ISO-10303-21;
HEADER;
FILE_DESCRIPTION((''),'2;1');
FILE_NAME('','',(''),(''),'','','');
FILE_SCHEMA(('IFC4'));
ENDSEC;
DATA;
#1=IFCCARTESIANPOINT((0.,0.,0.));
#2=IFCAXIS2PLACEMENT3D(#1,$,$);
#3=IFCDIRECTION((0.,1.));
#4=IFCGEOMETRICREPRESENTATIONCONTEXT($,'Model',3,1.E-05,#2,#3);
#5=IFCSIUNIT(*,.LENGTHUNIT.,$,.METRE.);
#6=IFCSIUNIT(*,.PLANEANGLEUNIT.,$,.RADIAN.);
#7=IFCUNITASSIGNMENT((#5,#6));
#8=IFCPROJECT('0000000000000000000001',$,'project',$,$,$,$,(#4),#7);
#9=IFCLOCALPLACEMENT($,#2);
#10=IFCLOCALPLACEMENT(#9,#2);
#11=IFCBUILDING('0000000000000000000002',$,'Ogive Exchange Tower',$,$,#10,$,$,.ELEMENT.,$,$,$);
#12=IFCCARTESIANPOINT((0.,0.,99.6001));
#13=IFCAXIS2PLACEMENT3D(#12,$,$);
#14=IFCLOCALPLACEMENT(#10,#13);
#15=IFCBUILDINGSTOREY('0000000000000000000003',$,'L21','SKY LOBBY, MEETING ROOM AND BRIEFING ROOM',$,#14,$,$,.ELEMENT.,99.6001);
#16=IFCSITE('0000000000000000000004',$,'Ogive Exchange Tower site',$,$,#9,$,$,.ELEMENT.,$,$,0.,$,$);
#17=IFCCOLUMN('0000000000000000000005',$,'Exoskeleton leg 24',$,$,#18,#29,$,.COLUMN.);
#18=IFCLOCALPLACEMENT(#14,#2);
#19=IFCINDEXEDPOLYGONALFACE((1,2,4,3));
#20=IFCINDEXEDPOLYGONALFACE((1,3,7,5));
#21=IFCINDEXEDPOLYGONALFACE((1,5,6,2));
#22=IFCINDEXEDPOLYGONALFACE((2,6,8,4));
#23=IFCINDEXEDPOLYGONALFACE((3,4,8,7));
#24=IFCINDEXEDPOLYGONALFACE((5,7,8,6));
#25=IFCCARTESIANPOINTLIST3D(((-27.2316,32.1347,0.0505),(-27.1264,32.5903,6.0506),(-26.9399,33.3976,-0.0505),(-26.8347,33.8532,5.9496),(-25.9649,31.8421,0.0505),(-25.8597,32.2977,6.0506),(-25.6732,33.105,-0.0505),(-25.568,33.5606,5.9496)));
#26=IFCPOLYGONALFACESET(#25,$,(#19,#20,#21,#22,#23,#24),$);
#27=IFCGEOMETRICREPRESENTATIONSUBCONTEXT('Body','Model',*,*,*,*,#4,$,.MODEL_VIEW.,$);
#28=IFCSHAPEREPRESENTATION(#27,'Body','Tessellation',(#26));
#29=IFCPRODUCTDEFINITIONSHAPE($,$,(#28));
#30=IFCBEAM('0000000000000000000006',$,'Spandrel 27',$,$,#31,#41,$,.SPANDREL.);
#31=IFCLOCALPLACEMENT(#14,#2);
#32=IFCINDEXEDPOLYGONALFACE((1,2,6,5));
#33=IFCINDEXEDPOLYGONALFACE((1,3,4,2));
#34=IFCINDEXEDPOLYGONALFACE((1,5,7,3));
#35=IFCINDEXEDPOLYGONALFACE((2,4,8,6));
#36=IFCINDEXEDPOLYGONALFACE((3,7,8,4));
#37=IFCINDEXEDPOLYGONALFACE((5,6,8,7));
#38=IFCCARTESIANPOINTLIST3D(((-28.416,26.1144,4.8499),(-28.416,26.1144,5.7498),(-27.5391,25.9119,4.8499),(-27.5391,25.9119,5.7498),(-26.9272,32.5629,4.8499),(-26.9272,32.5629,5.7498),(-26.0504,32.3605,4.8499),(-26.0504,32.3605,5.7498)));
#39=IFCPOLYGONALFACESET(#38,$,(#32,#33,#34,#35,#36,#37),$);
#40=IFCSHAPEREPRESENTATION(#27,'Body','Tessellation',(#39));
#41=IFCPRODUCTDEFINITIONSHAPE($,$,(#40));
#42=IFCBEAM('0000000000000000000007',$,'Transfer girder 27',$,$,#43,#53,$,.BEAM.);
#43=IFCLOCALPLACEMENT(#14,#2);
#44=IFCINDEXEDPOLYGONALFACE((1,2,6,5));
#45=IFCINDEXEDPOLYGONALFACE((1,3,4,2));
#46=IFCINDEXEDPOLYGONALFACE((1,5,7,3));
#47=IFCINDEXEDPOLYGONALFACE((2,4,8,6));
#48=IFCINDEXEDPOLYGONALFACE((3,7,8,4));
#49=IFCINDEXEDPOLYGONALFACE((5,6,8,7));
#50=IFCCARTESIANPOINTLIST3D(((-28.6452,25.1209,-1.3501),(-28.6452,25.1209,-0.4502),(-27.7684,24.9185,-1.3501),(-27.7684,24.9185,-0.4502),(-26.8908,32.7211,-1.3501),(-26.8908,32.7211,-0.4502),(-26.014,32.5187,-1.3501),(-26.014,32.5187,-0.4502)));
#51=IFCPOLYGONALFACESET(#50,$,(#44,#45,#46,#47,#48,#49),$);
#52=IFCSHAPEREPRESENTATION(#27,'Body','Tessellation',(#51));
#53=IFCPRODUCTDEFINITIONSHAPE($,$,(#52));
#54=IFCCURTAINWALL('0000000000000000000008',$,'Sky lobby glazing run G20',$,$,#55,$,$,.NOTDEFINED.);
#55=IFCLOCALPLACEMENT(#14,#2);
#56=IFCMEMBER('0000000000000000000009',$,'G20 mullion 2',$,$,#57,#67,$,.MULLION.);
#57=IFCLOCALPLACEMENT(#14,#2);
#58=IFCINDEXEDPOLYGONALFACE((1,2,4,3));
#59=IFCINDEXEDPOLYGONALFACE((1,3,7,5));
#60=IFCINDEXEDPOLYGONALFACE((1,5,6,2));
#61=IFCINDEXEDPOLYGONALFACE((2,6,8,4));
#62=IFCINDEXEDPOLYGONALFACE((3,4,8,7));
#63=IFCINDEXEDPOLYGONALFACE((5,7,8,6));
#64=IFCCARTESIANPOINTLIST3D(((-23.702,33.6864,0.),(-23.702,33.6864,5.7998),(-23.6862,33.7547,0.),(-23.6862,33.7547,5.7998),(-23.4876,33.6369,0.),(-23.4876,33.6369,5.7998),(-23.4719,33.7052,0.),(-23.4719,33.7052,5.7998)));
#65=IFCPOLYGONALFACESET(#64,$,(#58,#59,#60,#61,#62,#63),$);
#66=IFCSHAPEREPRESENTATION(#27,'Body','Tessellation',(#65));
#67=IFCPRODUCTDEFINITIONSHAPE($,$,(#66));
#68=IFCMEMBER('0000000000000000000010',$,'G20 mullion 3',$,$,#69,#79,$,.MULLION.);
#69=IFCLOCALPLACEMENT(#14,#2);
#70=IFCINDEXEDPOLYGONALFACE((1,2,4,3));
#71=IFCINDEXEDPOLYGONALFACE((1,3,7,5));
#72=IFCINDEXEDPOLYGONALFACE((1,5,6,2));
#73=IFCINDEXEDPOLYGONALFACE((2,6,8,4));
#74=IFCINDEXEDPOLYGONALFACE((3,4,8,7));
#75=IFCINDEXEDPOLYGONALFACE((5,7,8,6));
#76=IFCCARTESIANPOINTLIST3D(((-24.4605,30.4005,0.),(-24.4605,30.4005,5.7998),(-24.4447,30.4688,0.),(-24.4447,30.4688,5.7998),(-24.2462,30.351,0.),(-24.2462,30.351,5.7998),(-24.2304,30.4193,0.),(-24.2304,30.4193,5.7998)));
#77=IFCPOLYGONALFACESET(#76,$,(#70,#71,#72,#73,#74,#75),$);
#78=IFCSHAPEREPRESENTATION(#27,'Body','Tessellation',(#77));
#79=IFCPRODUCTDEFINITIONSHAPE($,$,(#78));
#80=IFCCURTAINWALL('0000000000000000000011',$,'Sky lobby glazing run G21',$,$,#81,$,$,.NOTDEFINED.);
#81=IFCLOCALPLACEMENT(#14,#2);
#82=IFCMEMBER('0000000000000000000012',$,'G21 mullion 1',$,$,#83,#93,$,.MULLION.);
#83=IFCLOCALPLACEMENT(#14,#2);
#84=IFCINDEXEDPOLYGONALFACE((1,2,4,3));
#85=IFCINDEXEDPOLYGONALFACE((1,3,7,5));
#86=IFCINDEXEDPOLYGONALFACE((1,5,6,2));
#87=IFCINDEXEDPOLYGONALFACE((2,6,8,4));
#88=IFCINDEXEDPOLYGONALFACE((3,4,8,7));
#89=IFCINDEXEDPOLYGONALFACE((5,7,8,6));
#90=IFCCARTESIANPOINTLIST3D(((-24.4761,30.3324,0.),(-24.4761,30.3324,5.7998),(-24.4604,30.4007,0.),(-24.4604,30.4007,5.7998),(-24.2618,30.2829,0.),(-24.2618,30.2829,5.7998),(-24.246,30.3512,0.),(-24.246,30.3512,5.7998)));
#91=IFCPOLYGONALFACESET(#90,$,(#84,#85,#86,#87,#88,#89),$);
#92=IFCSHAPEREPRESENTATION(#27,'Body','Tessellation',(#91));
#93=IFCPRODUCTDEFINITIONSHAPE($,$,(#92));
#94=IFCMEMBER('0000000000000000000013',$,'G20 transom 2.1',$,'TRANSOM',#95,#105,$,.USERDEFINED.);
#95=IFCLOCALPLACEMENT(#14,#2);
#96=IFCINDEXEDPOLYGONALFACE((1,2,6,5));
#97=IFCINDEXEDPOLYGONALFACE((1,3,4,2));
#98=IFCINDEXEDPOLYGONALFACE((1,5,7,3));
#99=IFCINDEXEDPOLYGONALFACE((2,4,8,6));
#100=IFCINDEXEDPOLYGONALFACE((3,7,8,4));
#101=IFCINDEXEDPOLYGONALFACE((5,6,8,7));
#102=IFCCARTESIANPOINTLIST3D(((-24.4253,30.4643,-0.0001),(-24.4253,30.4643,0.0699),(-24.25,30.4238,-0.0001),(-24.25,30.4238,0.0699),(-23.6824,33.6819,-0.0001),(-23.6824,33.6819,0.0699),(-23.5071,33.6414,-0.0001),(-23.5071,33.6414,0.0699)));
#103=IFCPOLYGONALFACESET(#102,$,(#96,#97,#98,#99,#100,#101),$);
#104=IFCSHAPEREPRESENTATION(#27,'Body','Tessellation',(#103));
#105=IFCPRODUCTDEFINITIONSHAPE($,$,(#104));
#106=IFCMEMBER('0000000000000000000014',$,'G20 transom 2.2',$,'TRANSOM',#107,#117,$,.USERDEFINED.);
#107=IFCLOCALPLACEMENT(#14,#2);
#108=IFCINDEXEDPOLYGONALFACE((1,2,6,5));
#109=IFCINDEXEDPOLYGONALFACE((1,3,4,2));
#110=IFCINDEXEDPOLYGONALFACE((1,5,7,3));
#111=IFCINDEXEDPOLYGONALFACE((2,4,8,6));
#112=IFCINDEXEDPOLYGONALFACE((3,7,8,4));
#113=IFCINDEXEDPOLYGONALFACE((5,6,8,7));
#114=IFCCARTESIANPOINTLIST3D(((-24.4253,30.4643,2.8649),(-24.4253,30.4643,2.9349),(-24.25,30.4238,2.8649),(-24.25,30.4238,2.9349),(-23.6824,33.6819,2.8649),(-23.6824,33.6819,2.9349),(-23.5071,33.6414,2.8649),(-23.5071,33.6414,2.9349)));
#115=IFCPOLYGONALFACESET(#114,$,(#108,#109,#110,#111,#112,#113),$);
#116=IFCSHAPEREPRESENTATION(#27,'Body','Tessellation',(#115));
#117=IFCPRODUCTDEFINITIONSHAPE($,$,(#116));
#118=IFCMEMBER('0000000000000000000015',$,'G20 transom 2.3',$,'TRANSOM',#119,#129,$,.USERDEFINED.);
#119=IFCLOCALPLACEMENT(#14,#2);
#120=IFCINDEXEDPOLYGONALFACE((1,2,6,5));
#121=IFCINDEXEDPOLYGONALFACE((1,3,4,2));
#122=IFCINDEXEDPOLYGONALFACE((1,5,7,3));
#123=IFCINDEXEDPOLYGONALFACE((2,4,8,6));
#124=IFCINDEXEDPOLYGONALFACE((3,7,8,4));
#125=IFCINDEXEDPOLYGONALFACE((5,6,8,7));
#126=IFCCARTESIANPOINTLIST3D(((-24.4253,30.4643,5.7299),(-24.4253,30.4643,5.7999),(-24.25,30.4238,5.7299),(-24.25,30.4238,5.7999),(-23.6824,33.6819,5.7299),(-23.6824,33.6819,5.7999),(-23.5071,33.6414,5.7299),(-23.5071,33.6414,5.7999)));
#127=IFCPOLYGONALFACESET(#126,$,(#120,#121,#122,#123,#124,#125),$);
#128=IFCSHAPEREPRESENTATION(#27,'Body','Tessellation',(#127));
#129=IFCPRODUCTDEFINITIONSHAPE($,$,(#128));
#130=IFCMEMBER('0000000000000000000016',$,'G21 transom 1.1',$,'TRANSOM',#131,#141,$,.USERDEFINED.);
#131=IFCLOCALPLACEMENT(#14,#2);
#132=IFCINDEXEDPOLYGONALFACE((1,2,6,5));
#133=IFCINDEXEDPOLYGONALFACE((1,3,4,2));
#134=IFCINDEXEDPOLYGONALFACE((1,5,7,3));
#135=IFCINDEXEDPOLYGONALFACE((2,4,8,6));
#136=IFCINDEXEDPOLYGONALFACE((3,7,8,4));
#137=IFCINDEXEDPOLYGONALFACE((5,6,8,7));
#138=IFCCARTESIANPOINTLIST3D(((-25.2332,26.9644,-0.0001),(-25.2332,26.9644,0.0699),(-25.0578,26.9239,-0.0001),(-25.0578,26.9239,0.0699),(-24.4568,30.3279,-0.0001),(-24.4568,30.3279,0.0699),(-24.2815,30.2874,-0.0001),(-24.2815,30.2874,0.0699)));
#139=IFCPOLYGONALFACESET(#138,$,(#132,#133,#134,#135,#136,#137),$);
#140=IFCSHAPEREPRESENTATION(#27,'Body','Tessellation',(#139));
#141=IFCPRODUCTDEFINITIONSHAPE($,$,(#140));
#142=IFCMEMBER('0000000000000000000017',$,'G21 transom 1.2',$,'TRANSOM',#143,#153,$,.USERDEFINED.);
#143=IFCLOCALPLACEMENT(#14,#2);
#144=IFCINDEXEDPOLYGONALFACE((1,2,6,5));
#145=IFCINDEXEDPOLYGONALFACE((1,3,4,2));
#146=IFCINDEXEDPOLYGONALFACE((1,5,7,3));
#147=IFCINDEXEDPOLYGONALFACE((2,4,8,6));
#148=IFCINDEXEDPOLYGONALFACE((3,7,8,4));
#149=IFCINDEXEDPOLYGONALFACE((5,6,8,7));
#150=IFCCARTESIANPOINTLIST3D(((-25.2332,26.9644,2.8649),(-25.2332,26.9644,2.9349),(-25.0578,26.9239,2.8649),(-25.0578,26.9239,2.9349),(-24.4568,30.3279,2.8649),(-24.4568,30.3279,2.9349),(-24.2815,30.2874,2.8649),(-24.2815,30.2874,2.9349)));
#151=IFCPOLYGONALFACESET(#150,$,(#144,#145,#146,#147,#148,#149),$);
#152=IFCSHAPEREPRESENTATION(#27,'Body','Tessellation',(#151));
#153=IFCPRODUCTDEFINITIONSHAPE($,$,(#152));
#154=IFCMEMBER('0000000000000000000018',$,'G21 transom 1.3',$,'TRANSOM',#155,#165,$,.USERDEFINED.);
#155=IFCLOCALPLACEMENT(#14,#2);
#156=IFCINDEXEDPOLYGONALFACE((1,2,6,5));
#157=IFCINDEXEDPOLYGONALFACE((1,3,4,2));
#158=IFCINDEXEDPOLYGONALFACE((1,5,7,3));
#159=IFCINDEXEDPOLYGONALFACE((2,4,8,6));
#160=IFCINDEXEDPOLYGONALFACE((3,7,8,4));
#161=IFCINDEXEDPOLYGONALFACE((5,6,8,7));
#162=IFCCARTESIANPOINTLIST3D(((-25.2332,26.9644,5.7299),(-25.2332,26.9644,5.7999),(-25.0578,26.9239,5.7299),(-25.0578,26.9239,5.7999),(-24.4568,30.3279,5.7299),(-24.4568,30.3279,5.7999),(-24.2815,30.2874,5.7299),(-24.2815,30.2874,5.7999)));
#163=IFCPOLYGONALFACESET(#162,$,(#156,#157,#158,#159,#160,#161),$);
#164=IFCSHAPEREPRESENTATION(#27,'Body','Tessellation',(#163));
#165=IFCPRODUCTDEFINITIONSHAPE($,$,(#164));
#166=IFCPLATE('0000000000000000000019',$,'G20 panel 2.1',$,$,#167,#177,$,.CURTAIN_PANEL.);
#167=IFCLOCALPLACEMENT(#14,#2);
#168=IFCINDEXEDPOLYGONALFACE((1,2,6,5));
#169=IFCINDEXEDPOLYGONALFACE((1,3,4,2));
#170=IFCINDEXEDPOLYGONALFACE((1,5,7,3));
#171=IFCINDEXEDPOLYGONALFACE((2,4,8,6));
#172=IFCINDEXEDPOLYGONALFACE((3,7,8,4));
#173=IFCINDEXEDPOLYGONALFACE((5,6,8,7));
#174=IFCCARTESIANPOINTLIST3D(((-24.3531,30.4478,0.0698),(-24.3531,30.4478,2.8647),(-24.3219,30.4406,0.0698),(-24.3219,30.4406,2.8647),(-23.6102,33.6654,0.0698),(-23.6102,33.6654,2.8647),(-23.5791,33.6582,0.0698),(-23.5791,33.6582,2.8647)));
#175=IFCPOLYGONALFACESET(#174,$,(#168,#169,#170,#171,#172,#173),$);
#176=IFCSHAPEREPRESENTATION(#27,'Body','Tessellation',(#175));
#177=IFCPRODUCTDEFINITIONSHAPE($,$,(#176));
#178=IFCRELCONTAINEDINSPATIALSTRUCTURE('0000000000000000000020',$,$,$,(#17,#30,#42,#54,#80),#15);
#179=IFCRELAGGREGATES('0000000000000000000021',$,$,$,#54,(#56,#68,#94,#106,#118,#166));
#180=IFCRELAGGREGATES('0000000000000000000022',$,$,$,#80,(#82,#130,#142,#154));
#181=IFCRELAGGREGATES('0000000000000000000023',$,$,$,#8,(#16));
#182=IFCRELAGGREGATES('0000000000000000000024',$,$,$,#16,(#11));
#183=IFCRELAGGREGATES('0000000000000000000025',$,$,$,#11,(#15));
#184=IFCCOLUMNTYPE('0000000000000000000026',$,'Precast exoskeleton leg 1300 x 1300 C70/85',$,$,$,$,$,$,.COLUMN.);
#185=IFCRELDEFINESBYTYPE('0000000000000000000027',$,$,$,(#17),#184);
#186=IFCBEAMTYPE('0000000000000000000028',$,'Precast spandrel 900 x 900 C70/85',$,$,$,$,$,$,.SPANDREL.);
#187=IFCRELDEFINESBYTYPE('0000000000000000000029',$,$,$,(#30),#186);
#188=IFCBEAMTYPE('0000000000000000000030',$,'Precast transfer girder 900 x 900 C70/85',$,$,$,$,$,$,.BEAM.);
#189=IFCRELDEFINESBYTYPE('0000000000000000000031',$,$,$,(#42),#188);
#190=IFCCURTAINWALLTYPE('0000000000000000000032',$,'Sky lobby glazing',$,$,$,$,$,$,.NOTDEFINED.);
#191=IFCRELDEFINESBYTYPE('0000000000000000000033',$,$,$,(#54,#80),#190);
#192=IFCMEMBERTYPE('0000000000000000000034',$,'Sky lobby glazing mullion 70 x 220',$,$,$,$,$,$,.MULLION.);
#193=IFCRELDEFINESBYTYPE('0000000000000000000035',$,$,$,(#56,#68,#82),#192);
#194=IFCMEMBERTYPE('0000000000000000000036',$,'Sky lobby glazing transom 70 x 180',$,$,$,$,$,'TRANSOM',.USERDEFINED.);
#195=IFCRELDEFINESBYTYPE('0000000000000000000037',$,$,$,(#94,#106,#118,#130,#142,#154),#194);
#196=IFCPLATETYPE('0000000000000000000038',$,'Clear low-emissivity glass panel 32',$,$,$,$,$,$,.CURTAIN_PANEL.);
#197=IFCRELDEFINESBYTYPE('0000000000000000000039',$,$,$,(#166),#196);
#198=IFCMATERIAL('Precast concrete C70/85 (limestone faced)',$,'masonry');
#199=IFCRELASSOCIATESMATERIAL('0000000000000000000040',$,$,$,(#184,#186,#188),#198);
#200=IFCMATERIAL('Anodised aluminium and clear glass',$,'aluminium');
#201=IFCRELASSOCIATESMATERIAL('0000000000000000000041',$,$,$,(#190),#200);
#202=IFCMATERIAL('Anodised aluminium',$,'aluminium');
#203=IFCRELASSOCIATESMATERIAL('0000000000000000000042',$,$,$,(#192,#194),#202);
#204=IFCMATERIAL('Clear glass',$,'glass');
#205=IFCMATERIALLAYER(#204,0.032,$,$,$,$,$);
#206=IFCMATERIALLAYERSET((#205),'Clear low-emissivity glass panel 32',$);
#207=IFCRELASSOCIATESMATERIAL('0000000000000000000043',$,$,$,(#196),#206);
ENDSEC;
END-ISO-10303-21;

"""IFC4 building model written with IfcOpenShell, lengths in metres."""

from ifc_helpers import new_model, si_unit, direction, frame, origin, origin_2d, place, context, subcontext, project, spatial, rectangle, extrude, material, layer, layer_set, material_profile, profile_set, type_object, element, aggregate, save


model = new_model("IFC4")

# Units and contexts
model_context = context("Model", 3, precision=1e-05, world=origin(), true_north=direction((0.0, 1.0)))
body_context = subcontext(model_context, "Body", "Model", "MODEL_VIEW")
ifc_project = project(units=[si_unit("LENGTHUNIT", "METRE"), si_unit("PLANEANGLEUNIT", "RADIAN")], contexts=[model_context])

# Site, building, storey
site_placement = place(None, origin())
site = spatial("IfcSite", under=ifc_project, at=site_placement, Name="Ogive Exchange Tower site", CompositionType="ELEMENT", RefElevation=0.0)
building_placement = place(site_placement, origin())
building = spatial("IfcBuilding", under=site, at=building_placement, Name="Ogive Exchange Tower", CompositionType="ELEMENT")
storey_placement = place(building_placement, frame((0.0, 0.0, 99.6001)))
storey = spatial("IfcBuildingStorey", under=building, at=storey_placement, Name="L21", Description="SKY LOBBY, MEETING ROOM AND BRIEFING ROOM", CompositionType="ELEMENT", Elevation=99.6001)

# Column
ifc_material_1 = material(Name="Precast concrete C70/85 (limestone faced)", Category="masonry")
ifc_material_profile_1 = material_profile(ifc_material_1, rectangle(XDim=1.3, YDim=1.3, at=origin_2d()), Name="1300 x 1300")
ifc_profile_set_1 = profile_set([ifc_material_profile_1], Name="Precast concrete C70/85 (limestone faced)")
column_type = type_object("IfcColumnType", Name="Precast exoskeleton leg 1300 x 1300 C70/85", PredefinedType="COLUMN", material=ifc_profile_set_1)
column_placement = place(storey_placement, frame((-26.4524, 32.6199, 0.0), z_axis=(0.017484, 0.075698, 0.996977), x_axis=(-0.974347, 0.22505, 0.0)))
element("IfcColumn", 1, at=column_placement, inside=storey, type_object=column_type, Name="Exoskeleton leg 24", PredefinedType="COLUMN", context=body_context, shape_type="SweptSolid", body=[
    extrude(rectangle(XDim=1.3, YDim=1.3, at=origin_2d()), origin(), (0.0, 0.0, 1.0), 6.0183),
])

# Beams
ifc_material_profile_2 = material_profile(ifc_material_1, rectangle(XDim=0.8999, YDim=0.8999, at=origin_2d()), Name="900 x 900")
ifc_profile_set_2 = profile_set([ifc_material_profile_2], Name="Precast concrete C70/85 (limestone faced)")
beam_type_1 = type_object("IfcBeamType", Name="Precast spandrel 900 x 900 C70/85", PredefinedType="SPANDREL", material=ifc_profile_set_2)
beam_1_placement = place(storey_placement, frame((-26.4888, 32.4617, 5.2998), z_axis=(-0.224954, -0.974369, 0.0), x_axis=(0.974369, -0.224954, 0.0)))
element("IfcBeam", 2, at=beam_1_placement, inside=storey, type_object=beam_type_1, Name="Spandrel 27", PredefinedType="SPANDREL", context=body_context, shape_type="SweptSolid", body=[
    extrude(rectangle(XDim=0.8999, YDim=0.8999, at=origin_2d()), origin(), (0.0, 0.0, 1.0), 6.6182),
])
ifc_material_profile_3 = material_profile(ifc_material_1, rectangle(XDim=0.8999, YDim=0.8999, at=origin_2d()), Name="900 x 900")
ifc_profile_set_3 = profile_set([ifc_material_profile_3], Name="Precast concrete C70/85 (limestone faced)")
beam_type_2 = type_object("IfcBeamType", Name="Precast transfer girder 900 x 900 C70/85", PredefinedType="BEAM", material=ifc_profile_set_3)
beam_2_placement = place(storey_placement, frame((-26.4524, 32.6199, -0.9001), z_axis=(-0.224924, -0.974376, 0.0), x_axis=(0.974376, -0.224924, 0.0)))
element("IfcBeam", 3, at=beam_2_placement, inside=storey, type_object=beam_type_2, Name="Transfer girder 27", PredefinedType="BEAM", context=body_context, shape_type="SweptSolid", body=[
    extrude(rectangle(XDim=0.8999, YDim=0.8999, at=origin_2d()), origin(), (0.0, 0.0, 1.0), 7.8),
])

# Curtain wall, members
ifc_material_2 = material(Name="Anodised aluminium and clear glass", Category="aluminium")
curtain_wall_type = type_object("IfcCurtainWallType", Name="Sky lobby glazing", PredefinedType="NOTDEFINED", material=ifc_material_2)
curtain_wall_1_placement = place(storey_placement, origin())
curtain_wall_1 = element("IfcCurtainWall", 4, at=curtain_wall_1_placement, inside=storey, type_object=curtain_wall_type, Name="Sky lobby glazing run G20", PredefinedType="NOTDEFINED")
ifc_material_3 = material(Name="Anodised aluminium", Category="aluminium")
ifc_material_profile_4 = material_profile(ifc_material_3, rectangle(XDim=0.22, YDim=0.0701, at=origin_2d()), Name="AL 70x220")
ifc_profile_set_4 = profile_set([ifc_material_profile_4], Name="Anodised aluminium")
member_type_1 = type_object("IfcMemberType", Name="Sky lobby glazing mullion 70 x 220", PredefinedType="MULLION", material=ifc_profile_set_4)
member_1_placement = place(storey_placement, frame((-23.5869, 33.6958, 0.0), z_axis=(0.0, 0.0, 1.0), x_axis=(0.97437, -0.224952, 0.0)))
member_1 = element("IfcMember", 5, at=member_1_placement, type_object=member_type_1, Name="G20 mullion 2", PredefinedType="MULLION", context=body_context, shape_type="SweptSolid", body=[
    extrude(rectangle(XDim=0.22, YDim=0.0701, at=origin_2d()), origin(), (0.0, 0.0, 1.0), 5.7998),
])
member_2_placement = place(storey_placement, frame((-24.3455, 30.4099, 0.0), z_axis=(0.0, 0.0, 1.0), x_axis=(0.97437, -0.224952, 0.0)))
member_2 = element("IfcMember", 6, at=member_2_placement, type_object=member_type_1, Name="G20 mullion 3", PredefinedType="MULLION", context=body_context, shape_type="SweptSolid", body=[
    extrude(rectangle(XDim=0.22, YDim=0.0701, at=origin_2d()), origin(), (0.0, 0.0, 1.0), 5.7998),
])

# Curtain wall, member
curtain_wall_2_placement = place(storey_placement, origin())
curtain_wall_2 = element("IfcCurtainWall", 7, at=curtain_wall_2_placement, inside=storey, type_object=curtain_wall_type, Name="Sky lobby glazing run G21", PredefinedType="NOTDEFINED")
member_3_placement = place(storey_placement, frame((-24.3611, 30.3418, 0.0), z_axis=(0.0, 0.0, 1.0), x_axis=(0.974372, -0.224944, 0.0)))
member_3 = element("IfcMember", 8, at=member_3_placement, type_object=member_type_1, Name="G21 mullion 1", PredefinedType="MULLION", context=body_context, shape_type="SweptSolid", body=[
    extrude(rectangle(XDim=0.22, YDim=0.0701, at=origin_2d()), origin(), (0.0, 0.0, 1.0), 5.7998),
])

# Members
ifc_material_profile_5 = material_profile(ifc_material_3, rectangle(XDim=0.1799, YDim=0.0701, at=origin_2d()), Name="AL 70x180")
ifc_profile_set_5 = profile_set([ifc_material_profile_5], Name="Anodised aluminium")
member_type_2 = type_object("IfcMemberType", Name="Sky lobby glazing transom 70 x 180", ElementType="TRANSOM", PredefinedType="USERDEFINED", material=ifc_profile_set_5)
member_4_placement = place(storey_placement, frame((-23.5947, 33.6616, 0.0349), z_axis=(-0.224978, -0.974364, 0.0), x_axis=(0.974364, -0.224978, 0.0)))
member_4 = element("IfcMember", 9, at=member_4_placement, type_object=member_type_2, Name="G20 transom 2.1", ObjectType="TRANSOM", PredefinedType="USERDEFINED", context=body_context, shape_type="SweptSolid", body=[
    extrude(rectangle(XDim=0.1799, YDim=0.0701, at=origin_2d()), origin(), (0.0, 0.0, 1.0), 3.3022),
])
member_5_placement = place(storey_placement, frame((-23.5947, 33.6616, 2.8999), z_axis=(-0.224978, -0.974364, 0.0), x_axis=(0.974364, -0.224978, 0.0)))
member_5 = element("IfcMember", 10, at=member_5_placement, type_object=member_type_2, Name="G20 transom 2.2", ObjectType="TRANSOM", PredefinedType="USERDEFINED", context=body_context, shape_type="SweptSolid", body=[
    extrude(rectangle(XDim=0.1799, YDim=0.0701, at=origin_2d()), origin(), (0.0, 0.0, 1.0), 3.3022),
])
member_6_placement = place(storey_placement, frame((-23.5947, 33.6616, 5.7649), z_axis=(-0.224978, -0.974364, 0.0), x_axis=(0.974364, -0.224978, 0.0)))
member_6 = element("IfcMember", 11, at=member_6_placement, type_object=member_type_2, Name="G20 transom 2.3", ObjectType="TRANSOM", PredefinedType="USERDEFINED", context=body_context, shape_type="SweptSolid", body=[
    extrude(rectangle(XDim=0.1799, YDim=0.0701, at=origin_2d()), origin(), (0.0, 0.0, 1.0), 3.3022),
])
member_7_placement = place(storey_placement, frame((-24.3691, 30.3076, 0.0349), z_axis=(-0.224906, -0.97438, 0.0), x_axis=(0.97438, -0.224906, 0.0)))
member_7 = element("IfcMember", 12, at=member_7_placement, type_object=member_type_2, Name="G21 transom 1.1", ObjectType="TRANSOM", PredefinedType="USERDEFINED", context=body_context, shape_type="SweptSolid", body=[
    extrude(rectangle(XDim=0.1799, YDim=0.0701, at=origin_2d()), origin(), (0.0, 0.0, 1.0), 3.4519),
])
member_8_placement = place(storey_placement, frame((-24.3691, 30.3076, 2.8999), z_axis=(-0.224906, -0.97438, 0.0), x_axis=(0.97438, -0.224906, 0.0)))
member_8 = element("IfcMember", 13, at=member_8_placement, type_object=member_type_2, Name="G21 transom 1.2", ObjectType="TRANSOM", PredefinedType="USERDEFINED", context=body_context, shape_type="SweptSolid", body=[
    extrude(rectangle(XDim=0.1799, YDim=0.0701, at=origin_2d()), origin(), (0.0, 0.0, 1.0), 3.4519),
])
member_9_placement = place(storey_placement, frame((-24.3691, 30.3076, 5.7649), z_axis=(-0.224906, -0.97438, 0.0), x_axis=(0.97438, -0.224906, 0.0)))
member_9 = element("IfcMember", 14, at=member_9_placement, type_object=member_type_2, Name="G21 transom 1.3", ObjectType="TRANSOM", PredefinedType="USERDEFINED", context=body_context, shape_type="SweptSolid", body=[
    extrude(rectangle(XDim=0.1799, YDim=0.0701, at=origin_2d()), origin(), (0.0, 0.0, 1.0), 3.4519),
])

# Plate
ifc_material_4 = material(Name="Clear glass", Category="glass")
ifc_layer_1 = layer(ifc_material_4, 0.032)
ifc_layer_set_1 = layer_set([ifc_layer_1], Name="Clear low-emissivity glass panel 32")
plate_type = type_object("IfcPlateType", Name="Clear low-emissivity glass panel 32", PredefinedType="CURTAIN_PANEL", material=ifc_layer_set_1)
plate_1_placement = place(storey_placement, frame((-23.9661, 32.053, 0.0698), z_axis=(0.0, 0.0, 1.0), x_axis=(-0.224952, -0.97437, 0.0)))
plate_1 = element("IfcPlate", 15, at=plate_1_placement, type_object=plate_type, Name="G20 panel 2.1", PredefinedType="CURTAIN_PANEL", context=body_context, shape_type="SweptSolid", body=[
    extrude(rectangle(XDim=3.3022, YDim=0.032, at=origin_2d()), origin(), (0.0, 0.0, 1.0), 2.7949),
])
aggregate(curtain_wall_1, [member_1, member_2, member_4, member_5, member_6, plate_1])
aggregate(curtain_wall_2, [member_3, member_7, member_8, member_9])

save(model, "model.ifc")
